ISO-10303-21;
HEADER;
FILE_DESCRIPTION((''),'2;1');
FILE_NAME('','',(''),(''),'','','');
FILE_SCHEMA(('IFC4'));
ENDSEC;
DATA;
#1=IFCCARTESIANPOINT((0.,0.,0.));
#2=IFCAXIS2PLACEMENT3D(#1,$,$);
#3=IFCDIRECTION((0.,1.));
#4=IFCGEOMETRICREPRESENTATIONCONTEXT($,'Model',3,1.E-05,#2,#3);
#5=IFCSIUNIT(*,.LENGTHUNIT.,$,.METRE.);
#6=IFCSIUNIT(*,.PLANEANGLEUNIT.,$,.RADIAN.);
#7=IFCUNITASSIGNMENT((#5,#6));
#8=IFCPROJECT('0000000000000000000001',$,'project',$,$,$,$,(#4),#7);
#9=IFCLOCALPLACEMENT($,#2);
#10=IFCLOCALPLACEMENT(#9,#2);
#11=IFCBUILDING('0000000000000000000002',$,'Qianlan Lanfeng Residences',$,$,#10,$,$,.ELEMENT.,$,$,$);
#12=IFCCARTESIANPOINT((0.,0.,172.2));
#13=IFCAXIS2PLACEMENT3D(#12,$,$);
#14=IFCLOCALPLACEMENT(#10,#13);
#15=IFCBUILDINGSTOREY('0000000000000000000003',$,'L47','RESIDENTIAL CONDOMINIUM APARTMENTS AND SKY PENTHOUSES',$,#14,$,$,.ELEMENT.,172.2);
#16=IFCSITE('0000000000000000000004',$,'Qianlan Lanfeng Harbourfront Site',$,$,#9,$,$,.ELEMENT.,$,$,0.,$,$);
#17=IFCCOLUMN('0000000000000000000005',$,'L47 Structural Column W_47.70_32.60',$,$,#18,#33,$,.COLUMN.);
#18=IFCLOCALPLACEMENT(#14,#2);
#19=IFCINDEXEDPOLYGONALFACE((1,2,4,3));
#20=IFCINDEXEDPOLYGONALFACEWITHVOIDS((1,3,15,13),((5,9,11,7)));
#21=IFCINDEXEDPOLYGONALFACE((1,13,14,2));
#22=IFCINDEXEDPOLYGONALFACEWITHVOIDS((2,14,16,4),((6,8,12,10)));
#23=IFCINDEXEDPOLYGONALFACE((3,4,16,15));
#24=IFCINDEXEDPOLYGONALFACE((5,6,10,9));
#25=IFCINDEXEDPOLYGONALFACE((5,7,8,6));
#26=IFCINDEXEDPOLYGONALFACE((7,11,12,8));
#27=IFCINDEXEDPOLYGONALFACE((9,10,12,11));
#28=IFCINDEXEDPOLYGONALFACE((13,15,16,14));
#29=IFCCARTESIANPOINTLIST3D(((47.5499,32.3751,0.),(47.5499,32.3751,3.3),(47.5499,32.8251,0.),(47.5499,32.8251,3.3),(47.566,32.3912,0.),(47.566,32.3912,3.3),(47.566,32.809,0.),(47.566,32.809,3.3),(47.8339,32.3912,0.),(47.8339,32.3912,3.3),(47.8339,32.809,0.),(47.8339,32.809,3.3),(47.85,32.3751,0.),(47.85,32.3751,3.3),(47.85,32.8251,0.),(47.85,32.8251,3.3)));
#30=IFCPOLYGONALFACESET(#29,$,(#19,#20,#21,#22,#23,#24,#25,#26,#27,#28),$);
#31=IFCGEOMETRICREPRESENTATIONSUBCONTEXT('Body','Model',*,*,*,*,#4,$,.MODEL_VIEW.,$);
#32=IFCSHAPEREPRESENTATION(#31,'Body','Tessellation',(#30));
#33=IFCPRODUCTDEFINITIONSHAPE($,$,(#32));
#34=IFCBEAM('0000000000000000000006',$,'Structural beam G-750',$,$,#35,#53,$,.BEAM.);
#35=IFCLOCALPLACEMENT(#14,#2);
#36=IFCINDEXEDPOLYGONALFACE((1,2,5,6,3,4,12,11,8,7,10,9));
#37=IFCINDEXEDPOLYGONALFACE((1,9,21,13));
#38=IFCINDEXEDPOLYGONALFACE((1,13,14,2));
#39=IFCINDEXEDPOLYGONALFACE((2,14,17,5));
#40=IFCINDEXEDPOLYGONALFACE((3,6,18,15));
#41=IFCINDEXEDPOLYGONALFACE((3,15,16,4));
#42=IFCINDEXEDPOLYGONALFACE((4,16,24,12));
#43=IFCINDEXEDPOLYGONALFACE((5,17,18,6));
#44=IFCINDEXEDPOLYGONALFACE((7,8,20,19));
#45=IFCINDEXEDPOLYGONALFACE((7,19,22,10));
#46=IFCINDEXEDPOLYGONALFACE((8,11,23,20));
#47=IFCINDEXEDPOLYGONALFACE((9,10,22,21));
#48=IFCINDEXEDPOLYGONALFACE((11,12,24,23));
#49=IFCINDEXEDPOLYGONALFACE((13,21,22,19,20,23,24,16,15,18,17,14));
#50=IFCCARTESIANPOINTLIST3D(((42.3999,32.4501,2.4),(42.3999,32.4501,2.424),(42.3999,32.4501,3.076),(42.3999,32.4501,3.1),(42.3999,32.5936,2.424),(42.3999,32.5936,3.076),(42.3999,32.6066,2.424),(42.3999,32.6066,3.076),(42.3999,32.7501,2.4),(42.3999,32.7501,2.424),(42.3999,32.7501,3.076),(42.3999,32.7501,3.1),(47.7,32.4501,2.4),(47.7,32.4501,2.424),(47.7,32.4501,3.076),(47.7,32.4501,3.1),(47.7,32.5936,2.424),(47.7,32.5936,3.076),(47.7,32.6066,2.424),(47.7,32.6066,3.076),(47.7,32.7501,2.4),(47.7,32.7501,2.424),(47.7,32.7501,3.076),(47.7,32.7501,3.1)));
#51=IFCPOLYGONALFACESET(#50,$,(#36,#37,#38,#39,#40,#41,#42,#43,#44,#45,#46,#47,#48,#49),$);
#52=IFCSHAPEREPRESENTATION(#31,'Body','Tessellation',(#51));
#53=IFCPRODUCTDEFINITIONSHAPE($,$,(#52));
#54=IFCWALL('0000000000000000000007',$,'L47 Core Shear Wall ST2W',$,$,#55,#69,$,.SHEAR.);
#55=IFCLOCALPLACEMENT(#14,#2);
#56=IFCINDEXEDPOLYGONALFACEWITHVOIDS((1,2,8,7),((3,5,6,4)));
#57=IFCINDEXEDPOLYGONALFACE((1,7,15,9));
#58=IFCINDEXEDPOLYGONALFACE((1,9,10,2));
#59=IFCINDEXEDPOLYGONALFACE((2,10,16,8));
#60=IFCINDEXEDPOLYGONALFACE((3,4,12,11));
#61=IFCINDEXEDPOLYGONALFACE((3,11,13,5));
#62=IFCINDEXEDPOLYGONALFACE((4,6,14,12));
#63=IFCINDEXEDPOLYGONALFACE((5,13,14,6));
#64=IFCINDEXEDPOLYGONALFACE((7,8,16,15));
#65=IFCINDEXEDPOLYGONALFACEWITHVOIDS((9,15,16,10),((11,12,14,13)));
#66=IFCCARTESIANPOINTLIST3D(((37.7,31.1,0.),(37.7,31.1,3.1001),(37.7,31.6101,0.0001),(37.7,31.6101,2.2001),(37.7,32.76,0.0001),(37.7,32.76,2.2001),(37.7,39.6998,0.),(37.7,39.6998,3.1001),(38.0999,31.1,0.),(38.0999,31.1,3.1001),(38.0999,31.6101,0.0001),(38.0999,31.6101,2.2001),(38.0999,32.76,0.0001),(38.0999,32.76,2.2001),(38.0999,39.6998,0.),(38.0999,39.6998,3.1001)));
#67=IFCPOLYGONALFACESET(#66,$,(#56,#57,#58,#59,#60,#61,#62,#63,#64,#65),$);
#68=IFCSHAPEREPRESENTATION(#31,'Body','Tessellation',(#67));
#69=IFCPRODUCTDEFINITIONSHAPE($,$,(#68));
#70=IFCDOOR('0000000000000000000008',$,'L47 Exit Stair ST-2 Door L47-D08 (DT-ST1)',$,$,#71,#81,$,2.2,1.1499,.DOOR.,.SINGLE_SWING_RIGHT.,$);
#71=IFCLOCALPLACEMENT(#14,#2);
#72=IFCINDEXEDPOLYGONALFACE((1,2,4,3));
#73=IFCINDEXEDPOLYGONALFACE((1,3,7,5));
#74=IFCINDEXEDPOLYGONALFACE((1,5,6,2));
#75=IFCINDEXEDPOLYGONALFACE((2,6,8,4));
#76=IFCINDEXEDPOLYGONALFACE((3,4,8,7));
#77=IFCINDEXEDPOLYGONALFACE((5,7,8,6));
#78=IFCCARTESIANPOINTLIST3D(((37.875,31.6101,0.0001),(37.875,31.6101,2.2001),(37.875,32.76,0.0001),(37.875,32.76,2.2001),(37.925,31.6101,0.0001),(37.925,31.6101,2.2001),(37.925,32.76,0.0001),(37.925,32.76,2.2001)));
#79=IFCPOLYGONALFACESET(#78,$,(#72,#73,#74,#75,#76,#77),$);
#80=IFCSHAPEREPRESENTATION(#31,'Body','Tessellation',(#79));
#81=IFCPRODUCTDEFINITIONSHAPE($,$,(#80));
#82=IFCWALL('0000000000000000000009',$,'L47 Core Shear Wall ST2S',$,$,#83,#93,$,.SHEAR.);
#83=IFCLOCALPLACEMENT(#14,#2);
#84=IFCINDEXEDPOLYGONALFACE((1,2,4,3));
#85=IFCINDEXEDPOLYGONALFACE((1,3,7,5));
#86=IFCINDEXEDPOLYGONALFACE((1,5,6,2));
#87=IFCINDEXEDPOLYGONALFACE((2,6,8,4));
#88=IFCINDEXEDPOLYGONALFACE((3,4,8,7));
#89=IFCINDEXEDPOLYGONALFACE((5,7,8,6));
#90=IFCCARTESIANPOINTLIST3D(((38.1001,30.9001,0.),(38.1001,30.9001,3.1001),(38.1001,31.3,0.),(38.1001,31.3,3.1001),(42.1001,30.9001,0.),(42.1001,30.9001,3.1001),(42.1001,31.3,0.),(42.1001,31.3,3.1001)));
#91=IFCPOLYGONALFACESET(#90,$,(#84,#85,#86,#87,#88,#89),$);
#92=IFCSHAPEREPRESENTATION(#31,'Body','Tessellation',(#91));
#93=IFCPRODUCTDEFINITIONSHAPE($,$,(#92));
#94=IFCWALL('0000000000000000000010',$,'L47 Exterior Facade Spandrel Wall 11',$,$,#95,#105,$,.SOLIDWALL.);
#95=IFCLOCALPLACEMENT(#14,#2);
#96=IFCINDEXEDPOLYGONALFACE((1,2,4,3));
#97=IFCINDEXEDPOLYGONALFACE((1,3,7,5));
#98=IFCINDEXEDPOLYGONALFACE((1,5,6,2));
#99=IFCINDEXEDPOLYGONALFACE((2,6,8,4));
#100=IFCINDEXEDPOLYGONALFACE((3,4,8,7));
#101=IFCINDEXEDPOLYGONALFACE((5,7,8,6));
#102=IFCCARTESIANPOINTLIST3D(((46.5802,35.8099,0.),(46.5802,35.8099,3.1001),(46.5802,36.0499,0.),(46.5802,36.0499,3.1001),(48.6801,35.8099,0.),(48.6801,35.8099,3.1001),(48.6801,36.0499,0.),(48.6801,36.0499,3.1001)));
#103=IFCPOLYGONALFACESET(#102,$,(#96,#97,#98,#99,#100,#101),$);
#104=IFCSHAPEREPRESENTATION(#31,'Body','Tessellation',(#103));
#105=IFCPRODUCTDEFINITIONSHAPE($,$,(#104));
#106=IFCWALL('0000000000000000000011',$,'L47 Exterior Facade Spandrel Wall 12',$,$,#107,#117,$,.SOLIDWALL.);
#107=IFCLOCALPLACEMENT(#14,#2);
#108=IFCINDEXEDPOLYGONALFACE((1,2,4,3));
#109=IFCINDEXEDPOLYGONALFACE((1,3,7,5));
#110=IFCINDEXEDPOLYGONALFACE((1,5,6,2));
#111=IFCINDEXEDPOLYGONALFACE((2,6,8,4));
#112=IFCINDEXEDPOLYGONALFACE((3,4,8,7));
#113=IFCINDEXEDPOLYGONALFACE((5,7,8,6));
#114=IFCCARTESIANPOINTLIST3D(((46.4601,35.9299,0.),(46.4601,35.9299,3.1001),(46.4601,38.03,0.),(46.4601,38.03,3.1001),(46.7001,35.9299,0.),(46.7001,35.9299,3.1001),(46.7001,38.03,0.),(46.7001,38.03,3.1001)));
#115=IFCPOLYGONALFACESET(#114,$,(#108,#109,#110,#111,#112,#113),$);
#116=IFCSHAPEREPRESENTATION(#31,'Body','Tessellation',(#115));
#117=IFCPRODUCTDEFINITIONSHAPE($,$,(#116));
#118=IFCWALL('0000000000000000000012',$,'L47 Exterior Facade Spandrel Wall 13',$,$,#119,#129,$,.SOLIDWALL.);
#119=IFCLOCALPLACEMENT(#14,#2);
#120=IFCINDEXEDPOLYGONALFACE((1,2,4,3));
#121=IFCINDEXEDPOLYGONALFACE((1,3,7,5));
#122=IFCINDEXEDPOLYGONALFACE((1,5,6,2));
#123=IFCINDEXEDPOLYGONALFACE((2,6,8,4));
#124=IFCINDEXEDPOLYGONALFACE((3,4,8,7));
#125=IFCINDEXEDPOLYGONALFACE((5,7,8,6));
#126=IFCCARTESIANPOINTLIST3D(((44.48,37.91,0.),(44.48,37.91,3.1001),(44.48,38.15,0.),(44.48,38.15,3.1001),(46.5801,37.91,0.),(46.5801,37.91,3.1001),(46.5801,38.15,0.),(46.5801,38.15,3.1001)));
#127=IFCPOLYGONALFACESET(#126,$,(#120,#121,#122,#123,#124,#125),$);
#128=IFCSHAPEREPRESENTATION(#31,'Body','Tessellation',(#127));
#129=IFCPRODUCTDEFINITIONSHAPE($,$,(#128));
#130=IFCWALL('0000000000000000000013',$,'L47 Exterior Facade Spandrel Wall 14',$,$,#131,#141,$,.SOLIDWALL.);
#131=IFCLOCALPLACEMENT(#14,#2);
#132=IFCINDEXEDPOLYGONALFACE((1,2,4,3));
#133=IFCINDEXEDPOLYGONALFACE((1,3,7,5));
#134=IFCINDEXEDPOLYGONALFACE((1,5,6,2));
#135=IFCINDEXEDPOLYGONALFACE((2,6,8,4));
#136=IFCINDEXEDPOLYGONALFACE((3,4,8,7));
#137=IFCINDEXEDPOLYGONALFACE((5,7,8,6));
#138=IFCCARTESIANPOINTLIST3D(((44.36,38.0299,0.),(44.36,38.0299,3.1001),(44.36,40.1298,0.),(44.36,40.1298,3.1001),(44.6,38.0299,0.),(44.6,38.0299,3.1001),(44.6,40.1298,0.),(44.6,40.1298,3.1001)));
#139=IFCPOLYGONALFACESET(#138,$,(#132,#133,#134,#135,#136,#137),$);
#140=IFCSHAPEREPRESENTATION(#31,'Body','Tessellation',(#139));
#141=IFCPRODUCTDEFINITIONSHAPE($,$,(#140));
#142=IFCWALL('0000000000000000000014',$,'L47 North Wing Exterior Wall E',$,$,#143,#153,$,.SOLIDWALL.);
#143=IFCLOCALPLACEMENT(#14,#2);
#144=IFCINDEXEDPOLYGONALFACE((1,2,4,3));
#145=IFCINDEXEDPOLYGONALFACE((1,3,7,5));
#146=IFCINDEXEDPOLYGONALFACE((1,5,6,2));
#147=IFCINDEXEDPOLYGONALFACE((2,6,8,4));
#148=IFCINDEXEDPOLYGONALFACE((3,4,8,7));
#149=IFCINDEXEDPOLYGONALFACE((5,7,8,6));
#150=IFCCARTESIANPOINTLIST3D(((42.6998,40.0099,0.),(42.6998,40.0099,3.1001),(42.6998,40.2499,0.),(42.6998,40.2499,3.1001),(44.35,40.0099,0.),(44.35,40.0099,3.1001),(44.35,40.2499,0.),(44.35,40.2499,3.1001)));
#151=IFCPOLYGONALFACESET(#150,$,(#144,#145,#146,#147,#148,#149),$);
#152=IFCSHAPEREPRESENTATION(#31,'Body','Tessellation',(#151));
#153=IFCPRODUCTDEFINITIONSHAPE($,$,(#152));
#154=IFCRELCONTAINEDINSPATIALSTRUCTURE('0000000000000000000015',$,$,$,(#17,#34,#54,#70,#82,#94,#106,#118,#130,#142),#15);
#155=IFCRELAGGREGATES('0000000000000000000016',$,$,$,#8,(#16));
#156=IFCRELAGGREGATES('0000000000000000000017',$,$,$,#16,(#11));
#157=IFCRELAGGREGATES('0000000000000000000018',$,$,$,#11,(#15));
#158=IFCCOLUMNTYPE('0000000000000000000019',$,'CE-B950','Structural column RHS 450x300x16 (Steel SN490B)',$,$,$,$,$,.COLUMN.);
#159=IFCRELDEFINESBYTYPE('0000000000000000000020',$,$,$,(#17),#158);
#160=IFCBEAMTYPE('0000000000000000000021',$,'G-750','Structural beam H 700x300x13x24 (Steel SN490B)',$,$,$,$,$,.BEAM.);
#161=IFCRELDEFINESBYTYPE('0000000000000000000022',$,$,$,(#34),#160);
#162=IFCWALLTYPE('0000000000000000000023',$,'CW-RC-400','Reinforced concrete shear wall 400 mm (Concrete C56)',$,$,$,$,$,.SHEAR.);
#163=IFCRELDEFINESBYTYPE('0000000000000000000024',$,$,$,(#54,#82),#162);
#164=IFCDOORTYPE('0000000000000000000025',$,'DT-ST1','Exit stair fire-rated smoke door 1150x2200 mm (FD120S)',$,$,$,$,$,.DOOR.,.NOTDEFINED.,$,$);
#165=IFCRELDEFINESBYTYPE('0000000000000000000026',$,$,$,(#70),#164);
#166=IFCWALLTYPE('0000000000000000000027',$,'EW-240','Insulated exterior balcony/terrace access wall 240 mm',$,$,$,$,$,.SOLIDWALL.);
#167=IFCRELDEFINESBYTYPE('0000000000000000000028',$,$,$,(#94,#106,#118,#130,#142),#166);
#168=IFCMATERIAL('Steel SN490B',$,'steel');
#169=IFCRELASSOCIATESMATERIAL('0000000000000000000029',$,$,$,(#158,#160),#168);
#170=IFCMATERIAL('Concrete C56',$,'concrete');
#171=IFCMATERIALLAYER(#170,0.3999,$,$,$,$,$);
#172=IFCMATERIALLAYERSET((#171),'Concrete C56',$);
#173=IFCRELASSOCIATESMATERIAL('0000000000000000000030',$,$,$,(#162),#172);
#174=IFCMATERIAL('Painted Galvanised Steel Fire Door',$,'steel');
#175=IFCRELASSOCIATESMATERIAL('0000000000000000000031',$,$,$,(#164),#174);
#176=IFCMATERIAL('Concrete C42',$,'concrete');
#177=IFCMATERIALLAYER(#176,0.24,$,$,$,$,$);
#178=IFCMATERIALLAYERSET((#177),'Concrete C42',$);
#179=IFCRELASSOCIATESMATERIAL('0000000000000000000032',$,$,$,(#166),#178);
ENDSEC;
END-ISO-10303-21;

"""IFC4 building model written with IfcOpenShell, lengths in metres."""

from ifc_helpers import new_model, si_unit, direction, frame, frame_2d, origin, origin_2d, place, context, subcontext, project, spatial, rectangle, hollow_rectangle, i_section, extrude, material, layer, layer_set, material_profile, profile_set, type_object, element, fill, save


model = new_model("IFC4")

# Units and contexts
model_context = context("Model", 3, precision=1e-05, world=origin(), true_north=direction((0.0, 1.0)))
body_context = subcontext(model_context, "Body", "Model", "MODEL_VIEW")
ifc_project = project(units=[si_unit("LENGTHUNIT", "METRE"), si_unit("PLANEANGLEUNIT", "RADIAN")], contexts=[model_context])

# Site, building, storey
site_placement = place(None, origin())
site = spatial("IfcSite", under=ifc_project, at=site_placement, Name="Qianlan Lanfeng Harbourfront Site", CompositionType="ELEMENT", RefElevation=0.0)
building_placement = place(site_placement, origin())
building = spatial("IfcBuilding", under=site, at=building_placement, Name="Qianlan Lanfeng Residences", CompositionType="ELEMENT")
storey_placement = place(building_placement, frame((0.0, 0.0, 172.2)))
storey = spatial("IfcBuildingStorey", under=building, at=storey_placement, Name="L47", Description="RESIDENTIAL CONDOMINIUM APARTMENTS AND SKY PENTHOUSES", CompositionType="ELEMENT", Elevation=172.2)

# Column
ifc_material_1 = material(Name="Steel SN490B", Category="steel")
ifc_material_profile_1 = material_profile(ifc_material_1, hollow_rectangle(XDim=0.3, YDim=0.45, WallThickness=0.0161, at=origin_2d()), Name="RHS 450x300x16")
ifc_profile_set_1 = profile_set([ifc_material_profile_1], Name="Steel SN490B")
column_type = type_object("IfcColumnType", Name="CE-B950", Description="Structural column RHS 450x300x16 (Steel SN490B)", PredefinedType="COLUMN", material=ifc_profile_set_1)
column_placement = place(storey_placement, frame((47.7, 32.6001, 0.0), z_axis=(0.0, 0.0, 1.0), x_axis=(1.0, 0.0, 0.0)))
element("IfcColumn", 1, at=column_placement, inside=storey, type_object=column_type, Name="L47 Structural Column W_47.70_32.60", PredefinedType="COLUMN", context=body_context, shape_type="SweptSolid", body=[
    extrude(hollow_rectangle(XDim=0.3, YDim=0.45, WallThickness=0.0161, at=origin_2d()), origin(), (0.0, 0.0, 1.0), 3.3),
])

# Beam
ifc_material_profile_2 = material_profile(ifc_material_1, i_section(OverallWidth=0.3, OverallDepth=0.7, WebThickness=0.0129, FlangeThickness=0.0239, at=origin_2d()), Name="H 700x300x13x24")
ifc_profile_set_2 = profile_set([ifc_material_profile_2], Name="Steel SN490B")
beam_type = type_object("IfcBeamType", Name="G-750", Description="Structural beam H 700x300x13x24 (Steel SN490B)", PredefinedType="BEAM", material=ifc_profile_set_2)
beam_placement = place(storey_placement, frame((42.3999, 32.6001, 2.75), z_axis=(1.0, 0.0, 0.0), x_axis=(0.0, 1.0, 0.0)))
element("IfcBeam", 2, at=beam_placement, inside=storey, type_object=beam_type, Name="Structural beam G-750", PredefinedType="BEAM", context=body_context, shape_type="SweptSolid", body=[
    extrude(i_section(OverallWidth=0.3, OverallDepth=0.7, WebThickness=0.0129, FlangeThickness=0.0239, at=origin_2d()), origin(), (0.0, 0.0, 1.0), 5.3),
])

# Wall, opening, door
ifc_material_2 = material(Name="Concrete C56", Category="concrete")
ifc_layer_1 = layer(ifc_material_2, 0.3999)
ifc_layer_set_1 = layer_set([ifc_layer_1], Name="Concrete C56")
wall_type_1 = type_object("IfcWallType", Name="CW-RC-400", Description="Reinforced concrete shear wall 400 mm (Concrete C56)", PredefinedType="SHEAR", material=ifc_layer_set_1)
wall_1_placement = place(storey_placement, frame((37.8999, 31.1001, 0.0), z_axis=(0.0, 0.0, 1.0), x_axis=(0.0, 1.0, 0.0)))
wall_1 = element("IfcWall", 3, at=wall_1_placement, inside=storey, type_object=wall_type_1, Name="L47 Core Shear Wall ST2W", PredefinedType="SHEAR", context=body_context, shape_type="SweptSolid", body=[
    extrude(rectangle(XDim=8.5999, YDim=0.3999, at=frame_2d((4.2998, 0.0))), origin(), (0.0, 0.0, 1.0), 3.1001),
])
opening_1_placement = place(wall_1_placement, frame((0.51, 0.0, 0.0)))
opening_1 = element("IfcOpeningElement", 4, at=opening_1_placement, cuts=wall_1, PredefinedType="OPENING", context=body_context, shape_type="SweptSolid", body=[
    extrude(rectangle(XDim=1.1499, YDim=2.2, at=frame_2d((0.575, 1.1001))), frame((0.0, 0.21, 0.0), z_axis=(0.0, -1.0, 0.0), x_axis=(1.0, 0.0, 0.0)), (0.0, 0.0, 1.0), 0.4199),
])
ifc_material_3 = material(Name="Painted Galvanised Steel Fire Door", Category="steel")
door_type_1 = type_object("IfcDoorType", Name="DT-ST1", Description="Exit stair fire-rated smoke door 1150x2200 mm (FD120S)", OperationType="NOTDEFINED", PredefinedType="DOOR", material=ifc_material_3)
door_1_placement = place(opening_1_placement, origin())
door_1 = element("IfcDoor", 5, at=door_1_placement, inside=storey, type_object=door_type_1, Name="L47 Exit Stair ST-2 Door L47-D08 (DT-ST1)", OperationType="SINGLE_SWING_RIGHT", OverallHeight=2.2, OverallWidth=1.1499, PredefinedType="DOOR", context=body_context, shape_type="SweptSolid", body=[
    extrude(rectangle(XDim=1.1499, YDim=2.2, at=frame_2d((0.575, 1.1001))), frame((0.0, 0.0249, 0.0), z_axis=(0.0, -1.0, 0.0), x_axis=(1.0, 0.0, 0.0)), (0.0, 0.0, 1.0), 0.05),
])
fill(opening_1, door_1)

# Walls
wall_2_placement = place(storey_placement, frame((38.1001, 31.1001, 0.0), z_axis=(0.0, 0.0, 1.0), x_axis=(1.0, 0.0, 0.0)))
element("IfcWall", 6, at=wall_2_placement, inside=storey, type_object=wall_type_1, Name="L47 Core Shear Wall ST2S", PredefinedType="SHEAR", context=body_context, shape_type="SweptSolid", body=[
    extrude(rectangle(XDim=4.0, YDim=0.3999, at=frame_2d((2.0, 0.0))), origin(), (0.0, 0.0, 1.0), 3.1001),
])
ifc_material_4 = material(Name="Concrete C42", Category="concrete")
ifc_layer_2 = layer(ifc_material_4, 0.24)
ifc_layer_set_2 = layer_set([ifc_layer_2], Name="Concrete C42")
wall_type_2 = type_object("IfcWallType", Name="EW-240", Description="Insulated exterior balcony/terrace access wall 240 mm", PredefinedType="SOLIDWALL", material=ifc_layer_set_2)
wall_3_placement = place(storey_placement, frame((48.6799, 35.9299, 0.0), z_axis=(0.0, 0.0, 1.0), x_axis=(-1.0, 0.0, 0.0)))
element("IfcWall", 7, at=wall_3_placement, inside=storey, type_object=wall_type_2, Name="L47 Exterior Facade Spandrel Wall 11", PredefinedType="SOLIDWALL", context=body_context, shape_type="SweptSolid", body=[
    extrude(rectangle(XDim=2.0999, YDim=0.24, at=frame_2d((1.0498, 0.0))), origin(), (0.0, 0.0, 1.0), 3.1001),
])
for number, where, z_axis, x_axis, name in (
    (8, (46.5801, 35.9299, 0.0), (0.0, 0.0, 1.0), (0.0, 1.0, 0.0), "L47 Exterior Facade Spandrel Wall 12"),
    (9, (46.5801, 38.03, 0.0), (0.0, 0.0, 1.0), (-1.0, 0.0, 0.0), "L47 Exterior Facade Spandrel Wall 13"),
):
    element("IfcWall", number, at=place(storey_placement, frame(where, z_axis=z_axis, x_axis=x_axis)), inside=storey, type_object=wall_type_2, Name=name, PredefinedType="SOLIDWALL", context=body_context, shape_type="SweptSolid", body=[
        extrude(rectangle(XDim=2.1001, YDim=0.24, at=frame_2d((1.05, 0.0))), origin(), (0.0, 0.0, 1.0), 3.1001),
    ])
wall_4_placement = place(storey_placement, frame((44.48, 38.03, 0.0), z_axis=(0.0, 0.0, 1.0), x_axis=(0.0, 1.0, 0.0)))
element("IfcWall", 10, at=wall_4_placement, inside=storey, type_object=wall_type_2, Name="L47 Exterior Facade Spandrel Wall 14", PredefinedType="SOLIDWALL", context=body_context, shape_type="SweptSolid", body=[
    extrude(rectangle(XDim=2.0999, YDim=0.24, at=frame_2d((1.0498, 0.0))), origin(), (0.0, 0.0, 1.0), 3.1001),
])
wall_5_placement = place(storey_placement, frame((44.3501, 40.1299, 0.0), z_axis=(0.0, 0.0, 1.0), x_axis=(-1.0, 0.0, 0.0)))
element("IfcWall", 11, at=wall_5_placement, inside=storey, type_object=wall_type_2, Name="L47 North Wing Exterior Wall E", PredefinedType="SOLIDWALL", context=body_context, shape_type="SweptSolid", body=[
    extrude(rectangle(XDim=1.6501, YDim=0.24, at=frame_2d((0.8252, 0.0))), origin(), (0.0, 0.0, 1.0), 3.1001),
])

save(model, "model.ifc")
